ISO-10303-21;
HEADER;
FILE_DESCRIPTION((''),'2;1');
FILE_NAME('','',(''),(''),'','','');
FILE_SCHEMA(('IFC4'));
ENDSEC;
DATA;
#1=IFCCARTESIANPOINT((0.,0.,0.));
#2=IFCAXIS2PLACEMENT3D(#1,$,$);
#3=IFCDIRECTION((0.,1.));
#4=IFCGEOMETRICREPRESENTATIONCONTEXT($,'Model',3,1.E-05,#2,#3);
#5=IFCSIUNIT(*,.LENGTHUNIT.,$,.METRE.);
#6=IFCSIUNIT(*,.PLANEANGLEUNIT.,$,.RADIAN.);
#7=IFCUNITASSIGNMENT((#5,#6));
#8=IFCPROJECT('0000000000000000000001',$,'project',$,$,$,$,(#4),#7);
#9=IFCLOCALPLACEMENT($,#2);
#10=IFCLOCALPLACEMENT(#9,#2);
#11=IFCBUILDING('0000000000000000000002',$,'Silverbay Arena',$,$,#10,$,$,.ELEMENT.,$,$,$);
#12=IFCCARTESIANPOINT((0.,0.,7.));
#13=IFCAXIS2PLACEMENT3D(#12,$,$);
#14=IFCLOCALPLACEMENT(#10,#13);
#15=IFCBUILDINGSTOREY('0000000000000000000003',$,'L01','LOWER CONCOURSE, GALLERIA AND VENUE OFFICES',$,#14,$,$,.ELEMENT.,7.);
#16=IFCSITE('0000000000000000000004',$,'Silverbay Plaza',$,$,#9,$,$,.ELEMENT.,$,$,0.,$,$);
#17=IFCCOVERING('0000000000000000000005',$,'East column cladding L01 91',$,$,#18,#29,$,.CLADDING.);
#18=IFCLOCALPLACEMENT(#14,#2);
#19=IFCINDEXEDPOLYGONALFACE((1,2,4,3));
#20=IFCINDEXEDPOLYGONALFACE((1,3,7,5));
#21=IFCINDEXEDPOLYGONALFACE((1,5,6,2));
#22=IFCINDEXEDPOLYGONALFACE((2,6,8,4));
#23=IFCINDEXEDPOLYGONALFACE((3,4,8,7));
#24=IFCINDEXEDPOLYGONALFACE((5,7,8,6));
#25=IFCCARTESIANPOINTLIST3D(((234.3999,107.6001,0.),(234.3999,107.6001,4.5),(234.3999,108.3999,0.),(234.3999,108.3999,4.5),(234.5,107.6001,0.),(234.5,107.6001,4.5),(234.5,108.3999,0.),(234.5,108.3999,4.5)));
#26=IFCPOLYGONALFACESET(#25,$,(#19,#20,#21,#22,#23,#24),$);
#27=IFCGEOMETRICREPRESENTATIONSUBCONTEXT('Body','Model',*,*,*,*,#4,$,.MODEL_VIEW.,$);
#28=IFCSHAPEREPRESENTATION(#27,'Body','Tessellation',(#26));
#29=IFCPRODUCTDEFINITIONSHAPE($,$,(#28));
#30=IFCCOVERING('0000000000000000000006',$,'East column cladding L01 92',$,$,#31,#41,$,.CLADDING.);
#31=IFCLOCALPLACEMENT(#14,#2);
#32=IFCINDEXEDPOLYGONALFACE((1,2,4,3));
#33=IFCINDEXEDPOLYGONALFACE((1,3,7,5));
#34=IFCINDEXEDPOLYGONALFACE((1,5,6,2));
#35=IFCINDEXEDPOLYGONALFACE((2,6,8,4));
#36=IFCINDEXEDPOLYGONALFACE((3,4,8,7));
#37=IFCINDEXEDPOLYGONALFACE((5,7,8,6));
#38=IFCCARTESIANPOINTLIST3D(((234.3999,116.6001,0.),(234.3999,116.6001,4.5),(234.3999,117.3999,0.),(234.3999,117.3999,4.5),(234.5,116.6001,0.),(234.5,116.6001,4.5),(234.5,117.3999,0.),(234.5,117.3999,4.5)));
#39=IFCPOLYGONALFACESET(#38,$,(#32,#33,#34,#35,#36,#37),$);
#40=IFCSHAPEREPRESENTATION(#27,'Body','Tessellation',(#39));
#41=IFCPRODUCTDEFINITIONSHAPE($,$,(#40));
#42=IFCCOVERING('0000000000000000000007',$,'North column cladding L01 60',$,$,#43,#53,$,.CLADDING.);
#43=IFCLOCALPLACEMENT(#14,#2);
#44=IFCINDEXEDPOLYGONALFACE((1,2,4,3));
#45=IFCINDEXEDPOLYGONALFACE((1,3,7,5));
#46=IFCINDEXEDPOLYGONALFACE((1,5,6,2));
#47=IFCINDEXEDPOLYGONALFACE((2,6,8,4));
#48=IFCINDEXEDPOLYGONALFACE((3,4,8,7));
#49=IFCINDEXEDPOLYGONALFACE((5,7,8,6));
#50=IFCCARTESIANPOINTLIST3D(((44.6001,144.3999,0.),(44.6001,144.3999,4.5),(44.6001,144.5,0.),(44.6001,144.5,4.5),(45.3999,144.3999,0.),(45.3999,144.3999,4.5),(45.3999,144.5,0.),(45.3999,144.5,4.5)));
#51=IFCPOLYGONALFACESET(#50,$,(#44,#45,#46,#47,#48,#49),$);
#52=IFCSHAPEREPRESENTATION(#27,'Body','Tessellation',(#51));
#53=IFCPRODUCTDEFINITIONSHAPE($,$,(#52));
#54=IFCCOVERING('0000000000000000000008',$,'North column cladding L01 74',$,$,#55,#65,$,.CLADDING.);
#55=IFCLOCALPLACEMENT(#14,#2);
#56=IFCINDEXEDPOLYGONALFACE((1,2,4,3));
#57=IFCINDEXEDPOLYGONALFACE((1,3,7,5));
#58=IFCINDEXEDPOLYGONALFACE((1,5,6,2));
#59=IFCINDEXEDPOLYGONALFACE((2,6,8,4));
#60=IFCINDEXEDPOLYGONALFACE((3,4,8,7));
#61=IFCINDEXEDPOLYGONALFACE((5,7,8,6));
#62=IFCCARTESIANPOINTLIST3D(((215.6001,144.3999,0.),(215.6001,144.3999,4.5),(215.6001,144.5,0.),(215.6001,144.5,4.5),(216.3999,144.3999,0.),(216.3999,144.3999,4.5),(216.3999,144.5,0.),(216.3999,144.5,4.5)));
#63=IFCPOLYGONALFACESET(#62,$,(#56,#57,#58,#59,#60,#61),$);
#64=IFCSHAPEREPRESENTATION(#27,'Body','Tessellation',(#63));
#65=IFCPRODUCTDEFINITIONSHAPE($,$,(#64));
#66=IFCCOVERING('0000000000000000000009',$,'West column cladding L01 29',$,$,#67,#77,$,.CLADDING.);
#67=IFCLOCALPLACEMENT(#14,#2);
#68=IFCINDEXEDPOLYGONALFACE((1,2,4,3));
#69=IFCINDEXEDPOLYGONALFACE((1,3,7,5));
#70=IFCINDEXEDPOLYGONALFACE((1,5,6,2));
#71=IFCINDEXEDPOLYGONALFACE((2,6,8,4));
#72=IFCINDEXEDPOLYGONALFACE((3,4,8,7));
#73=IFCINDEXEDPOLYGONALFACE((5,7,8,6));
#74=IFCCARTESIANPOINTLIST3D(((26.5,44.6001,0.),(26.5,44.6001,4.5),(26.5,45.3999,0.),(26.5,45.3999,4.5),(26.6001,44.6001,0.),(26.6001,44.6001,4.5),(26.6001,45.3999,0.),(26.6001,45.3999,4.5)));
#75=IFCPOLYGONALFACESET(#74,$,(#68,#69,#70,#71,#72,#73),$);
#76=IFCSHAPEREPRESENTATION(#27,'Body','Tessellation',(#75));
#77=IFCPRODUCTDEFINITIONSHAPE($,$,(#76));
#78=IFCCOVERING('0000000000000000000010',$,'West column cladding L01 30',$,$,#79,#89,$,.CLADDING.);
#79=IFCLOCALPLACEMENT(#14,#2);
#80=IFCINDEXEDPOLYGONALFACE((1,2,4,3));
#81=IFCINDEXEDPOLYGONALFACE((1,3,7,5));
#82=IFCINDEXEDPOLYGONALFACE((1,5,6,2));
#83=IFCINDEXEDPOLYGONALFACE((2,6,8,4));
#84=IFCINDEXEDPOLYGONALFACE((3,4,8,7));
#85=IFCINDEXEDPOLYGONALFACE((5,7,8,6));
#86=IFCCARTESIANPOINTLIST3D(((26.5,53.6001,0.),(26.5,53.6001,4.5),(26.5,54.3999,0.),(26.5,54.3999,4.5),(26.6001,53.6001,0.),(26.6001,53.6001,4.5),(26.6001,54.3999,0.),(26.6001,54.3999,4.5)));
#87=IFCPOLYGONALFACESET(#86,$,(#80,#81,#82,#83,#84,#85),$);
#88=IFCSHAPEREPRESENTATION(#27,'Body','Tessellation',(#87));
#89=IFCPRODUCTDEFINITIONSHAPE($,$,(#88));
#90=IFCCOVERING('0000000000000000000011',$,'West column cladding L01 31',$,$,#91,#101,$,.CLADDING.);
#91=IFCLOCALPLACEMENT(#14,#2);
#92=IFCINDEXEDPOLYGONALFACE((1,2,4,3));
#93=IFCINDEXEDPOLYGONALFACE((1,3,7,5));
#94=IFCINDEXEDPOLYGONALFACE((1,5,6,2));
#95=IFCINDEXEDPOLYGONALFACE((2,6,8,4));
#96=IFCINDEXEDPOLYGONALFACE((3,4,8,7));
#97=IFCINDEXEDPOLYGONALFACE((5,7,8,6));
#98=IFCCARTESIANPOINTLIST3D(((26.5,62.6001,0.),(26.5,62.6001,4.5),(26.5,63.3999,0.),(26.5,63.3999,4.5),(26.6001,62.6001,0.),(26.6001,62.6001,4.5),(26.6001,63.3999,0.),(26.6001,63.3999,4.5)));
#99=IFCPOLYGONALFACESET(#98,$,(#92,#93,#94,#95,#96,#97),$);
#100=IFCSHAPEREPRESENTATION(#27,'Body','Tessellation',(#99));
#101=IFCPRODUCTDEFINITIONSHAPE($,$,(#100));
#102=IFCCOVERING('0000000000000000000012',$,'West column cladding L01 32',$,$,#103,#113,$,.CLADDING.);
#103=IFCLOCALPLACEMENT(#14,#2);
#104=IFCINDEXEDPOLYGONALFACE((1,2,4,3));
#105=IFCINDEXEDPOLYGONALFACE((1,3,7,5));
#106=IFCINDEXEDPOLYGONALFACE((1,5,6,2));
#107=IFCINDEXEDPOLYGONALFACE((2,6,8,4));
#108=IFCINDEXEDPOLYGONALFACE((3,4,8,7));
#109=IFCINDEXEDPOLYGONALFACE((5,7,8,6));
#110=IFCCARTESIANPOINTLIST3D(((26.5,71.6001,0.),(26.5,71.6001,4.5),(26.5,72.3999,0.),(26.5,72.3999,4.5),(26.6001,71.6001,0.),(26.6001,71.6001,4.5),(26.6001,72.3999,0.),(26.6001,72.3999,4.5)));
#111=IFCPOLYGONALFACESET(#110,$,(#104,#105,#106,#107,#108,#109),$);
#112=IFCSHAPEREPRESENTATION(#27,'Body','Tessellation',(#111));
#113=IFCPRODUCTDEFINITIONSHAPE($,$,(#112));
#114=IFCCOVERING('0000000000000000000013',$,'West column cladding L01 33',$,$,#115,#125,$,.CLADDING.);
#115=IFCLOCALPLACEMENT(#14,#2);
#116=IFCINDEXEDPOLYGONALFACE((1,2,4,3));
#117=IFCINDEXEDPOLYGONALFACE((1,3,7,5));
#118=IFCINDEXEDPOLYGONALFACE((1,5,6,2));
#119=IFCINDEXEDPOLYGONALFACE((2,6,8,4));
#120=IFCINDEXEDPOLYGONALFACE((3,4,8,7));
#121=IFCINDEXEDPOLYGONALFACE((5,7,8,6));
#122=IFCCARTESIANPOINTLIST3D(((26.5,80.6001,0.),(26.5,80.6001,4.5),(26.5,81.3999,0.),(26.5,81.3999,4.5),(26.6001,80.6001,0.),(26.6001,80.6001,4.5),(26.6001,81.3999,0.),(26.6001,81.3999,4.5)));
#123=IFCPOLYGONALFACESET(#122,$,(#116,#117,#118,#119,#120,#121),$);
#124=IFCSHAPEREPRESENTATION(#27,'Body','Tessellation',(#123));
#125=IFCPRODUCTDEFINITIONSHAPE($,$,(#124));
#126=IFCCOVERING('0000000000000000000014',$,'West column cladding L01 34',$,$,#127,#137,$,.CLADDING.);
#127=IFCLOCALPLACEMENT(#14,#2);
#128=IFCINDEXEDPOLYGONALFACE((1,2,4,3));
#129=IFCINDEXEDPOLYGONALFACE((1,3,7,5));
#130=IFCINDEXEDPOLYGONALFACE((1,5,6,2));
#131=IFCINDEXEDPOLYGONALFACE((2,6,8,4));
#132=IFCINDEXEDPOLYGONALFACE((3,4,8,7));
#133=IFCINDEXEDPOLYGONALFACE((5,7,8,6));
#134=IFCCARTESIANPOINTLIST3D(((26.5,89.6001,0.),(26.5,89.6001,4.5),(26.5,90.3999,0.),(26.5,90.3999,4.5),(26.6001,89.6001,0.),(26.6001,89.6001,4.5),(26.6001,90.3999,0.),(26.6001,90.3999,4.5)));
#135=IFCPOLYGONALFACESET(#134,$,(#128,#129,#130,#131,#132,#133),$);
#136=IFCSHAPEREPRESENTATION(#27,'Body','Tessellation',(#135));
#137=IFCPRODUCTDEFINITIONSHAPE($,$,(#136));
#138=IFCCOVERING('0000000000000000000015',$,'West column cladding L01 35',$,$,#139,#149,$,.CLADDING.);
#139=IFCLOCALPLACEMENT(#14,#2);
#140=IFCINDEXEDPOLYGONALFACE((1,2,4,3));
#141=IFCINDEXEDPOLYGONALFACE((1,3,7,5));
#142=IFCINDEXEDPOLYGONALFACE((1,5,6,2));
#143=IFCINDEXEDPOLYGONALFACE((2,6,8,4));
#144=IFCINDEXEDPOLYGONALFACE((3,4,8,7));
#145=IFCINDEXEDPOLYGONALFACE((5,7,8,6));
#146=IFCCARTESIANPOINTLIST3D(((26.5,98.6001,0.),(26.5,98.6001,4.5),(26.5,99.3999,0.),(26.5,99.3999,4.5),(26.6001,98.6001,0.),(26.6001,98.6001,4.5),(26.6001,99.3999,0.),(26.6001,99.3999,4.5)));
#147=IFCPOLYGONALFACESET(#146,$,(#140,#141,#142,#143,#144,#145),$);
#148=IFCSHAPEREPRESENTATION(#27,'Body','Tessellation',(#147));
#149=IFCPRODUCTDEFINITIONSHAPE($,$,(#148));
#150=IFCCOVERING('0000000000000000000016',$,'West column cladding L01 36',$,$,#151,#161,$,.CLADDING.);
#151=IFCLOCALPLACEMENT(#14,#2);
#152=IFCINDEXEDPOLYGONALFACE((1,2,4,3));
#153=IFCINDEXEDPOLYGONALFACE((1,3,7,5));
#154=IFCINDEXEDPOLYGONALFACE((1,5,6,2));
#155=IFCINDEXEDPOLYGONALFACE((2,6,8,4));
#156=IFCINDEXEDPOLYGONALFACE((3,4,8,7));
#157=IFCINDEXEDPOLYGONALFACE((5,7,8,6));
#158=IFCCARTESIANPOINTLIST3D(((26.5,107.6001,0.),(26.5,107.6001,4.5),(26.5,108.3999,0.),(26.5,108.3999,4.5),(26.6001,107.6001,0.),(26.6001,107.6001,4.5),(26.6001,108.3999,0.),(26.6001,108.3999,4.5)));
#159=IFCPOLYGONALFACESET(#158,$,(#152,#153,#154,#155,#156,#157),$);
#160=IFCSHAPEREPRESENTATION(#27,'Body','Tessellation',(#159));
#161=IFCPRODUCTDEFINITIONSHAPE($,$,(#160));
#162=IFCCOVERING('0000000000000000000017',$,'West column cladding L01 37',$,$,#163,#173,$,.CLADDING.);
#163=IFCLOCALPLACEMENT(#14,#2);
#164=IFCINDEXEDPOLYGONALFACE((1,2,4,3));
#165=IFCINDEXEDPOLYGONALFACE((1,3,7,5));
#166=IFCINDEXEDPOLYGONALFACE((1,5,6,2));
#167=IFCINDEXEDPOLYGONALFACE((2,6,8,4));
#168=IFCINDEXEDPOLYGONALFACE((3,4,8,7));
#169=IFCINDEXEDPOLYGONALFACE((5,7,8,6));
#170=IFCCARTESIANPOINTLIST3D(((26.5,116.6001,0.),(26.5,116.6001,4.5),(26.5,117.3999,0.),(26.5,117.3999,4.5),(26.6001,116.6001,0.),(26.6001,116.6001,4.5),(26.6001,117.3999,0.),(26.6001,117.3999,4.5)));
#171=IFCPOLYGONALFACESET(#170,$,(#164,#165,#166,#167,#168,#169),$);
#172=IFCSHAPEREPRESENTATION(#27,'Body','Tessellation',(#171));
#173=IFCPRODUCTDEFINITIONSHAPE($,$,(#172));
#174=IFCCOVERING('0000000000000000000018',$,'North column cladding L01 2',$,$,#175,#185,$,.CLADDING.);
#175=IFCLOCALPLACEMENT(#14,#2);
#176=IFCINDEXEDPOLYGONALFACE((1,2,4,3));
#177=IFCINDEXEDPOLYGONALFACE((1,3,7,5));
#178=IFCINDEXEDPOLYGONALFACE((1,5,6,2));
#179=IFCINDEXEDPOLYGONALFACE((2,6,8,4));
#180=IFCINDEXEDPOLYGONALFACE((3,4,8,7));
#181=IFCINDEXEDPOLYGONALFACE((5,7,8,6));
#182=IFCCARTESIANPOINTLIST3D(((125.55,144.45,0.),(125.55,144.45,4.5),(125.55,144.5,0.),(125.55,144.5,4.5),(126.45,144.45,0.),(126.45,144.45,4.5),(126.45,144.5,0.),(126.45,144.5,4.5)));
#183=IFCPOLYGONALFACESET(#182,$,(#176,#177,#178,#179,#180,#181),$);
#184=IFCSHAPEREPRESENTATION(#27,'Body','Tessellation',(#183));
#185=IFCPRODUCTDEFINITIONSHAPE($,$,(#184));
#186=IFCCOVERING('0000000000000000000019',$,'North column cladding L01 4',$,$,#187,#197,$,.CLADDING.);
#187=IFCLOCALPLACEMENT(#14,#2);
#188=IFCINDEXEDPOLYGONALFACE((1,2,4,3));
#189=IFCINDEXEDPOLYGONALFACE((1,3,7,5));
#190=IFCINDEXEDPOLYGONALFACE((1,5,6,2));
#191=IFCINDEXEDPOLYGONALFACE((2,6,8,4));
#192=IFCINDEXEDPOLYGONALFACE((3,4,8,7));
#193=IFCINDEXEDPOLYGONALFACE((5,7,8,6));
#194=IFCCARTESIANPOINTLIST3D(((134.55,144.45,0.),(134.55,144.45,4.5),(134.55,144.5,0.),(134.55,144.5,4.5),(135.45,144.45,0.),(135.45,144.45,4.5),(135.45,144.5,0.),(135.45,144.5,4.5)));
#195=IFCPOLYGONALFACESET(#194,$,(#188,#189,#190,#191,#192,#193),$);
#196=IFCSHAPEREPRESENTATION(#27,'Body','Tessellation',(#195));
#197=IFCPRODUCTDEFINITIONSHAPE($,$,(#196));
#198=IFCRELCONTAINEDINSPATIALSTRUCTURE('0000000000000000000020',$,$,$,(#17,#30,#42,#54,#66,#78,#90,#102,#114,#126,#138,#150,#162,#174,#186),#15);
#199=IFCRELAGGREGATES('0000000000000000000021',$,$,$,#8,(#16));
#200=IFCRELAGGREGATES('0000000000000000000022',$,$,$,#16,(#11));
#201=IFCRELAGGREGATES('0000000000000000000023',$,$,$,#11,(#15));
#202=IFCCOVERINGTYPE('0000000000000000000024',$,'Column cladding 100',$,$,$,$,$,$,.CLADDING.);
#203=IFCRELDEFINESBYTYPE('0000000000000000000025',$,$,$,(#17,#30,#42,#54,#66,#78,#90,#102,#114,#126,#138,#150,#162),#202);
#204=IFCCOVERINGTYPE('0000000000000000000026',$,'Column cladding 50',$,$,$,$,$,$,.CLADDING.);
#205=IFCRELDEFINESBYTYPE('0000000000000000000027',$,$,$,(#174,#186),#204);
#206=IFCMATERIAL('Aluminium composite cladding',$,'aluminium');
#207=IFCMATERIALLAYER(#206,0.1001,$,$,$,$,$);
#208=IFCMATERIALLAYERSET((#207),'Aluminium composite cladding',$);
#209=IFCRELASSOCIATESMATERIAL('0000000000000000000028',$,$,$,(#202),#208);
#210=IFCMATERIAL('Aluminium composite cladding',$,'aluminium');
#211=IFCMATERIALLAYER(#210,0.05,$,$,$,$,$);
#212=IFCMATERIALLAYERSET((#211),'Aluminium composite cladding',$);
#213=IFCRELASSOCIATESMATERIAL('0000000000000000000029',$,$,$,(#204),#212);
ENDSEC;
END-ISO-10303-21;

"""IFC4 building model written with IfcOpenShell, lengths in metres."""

from ifc_helpers import new_model, si_unit, direction, frame, origin, place, context, subcontext, project, spatial, polyline, outline, extrude, material, layer, layer_set, type_object, element, save


model = new_model("IFC4")

# Units and contexts
model_context = context("Model", 3, precision=1e-05, world=origin(), true_north=direction((0.0, 1.0)))
body_context = subcontext(model_context, "Body", "Model", "MODEL_VIEW")
ifc_project = project(units=[si_unit("LENGTHUNIT", "METRE"), si_unit("PLANEANGLEUNIT", "RADIAN")], contexts=[model_context])

# Site, building, storey
site_placement = place(None, origin())
site = spatial("IfcSite", under=ifc_project, at=site_placement, Name="Silverbay Plaza", CompositionType="ELEMENT", RefElevation=0.0)
building_placement = place(site_placement, origin())
building = spatial("IfcBuilding", under=site, at=building_placement, Name="Silverbay Arena", CompositionType="ELEMENT")
storey_placement = place(building_placement, frame((0.0, 0.0, 7.0)))
storey = spatial("IfcBuildingStorey", under=building, at=storey_placement, Name="L01", Description="LOWER CONCOURSE, GALLERIA AND VENUE OFFICES", CompositionType="ELEMENT", Elevation=7.0)

# Coverings
ifc_material_1 = material(Name="Aluminium composite cladding", Category="aluminium")
ifc_layer_1 = layer(ifc_material_1, 0.1001)
ifc_layer_set_1 = layer_set([ifc_layer_1], Name="Aluminium composite cladding")
covering_type_1 = type_object("IfcCoveringType", Name="Column cladding 100", PredefinedType="CLADDING", material=ifc_layer_set_1)
covering_1_placement = place(storey_placement, origin())
element("IfcCovering", 1, at=covering_1_placement, inside=storey, type_object=covering_type_1, Name="East column cladding L01 91", PredefinedType="CLADDING", context=body_context, shape_type="SweptSolid", body=[
    extrude(outline(polyline([(234.3999, 107.6001), (234.5, 107.6001), (234.5, 108.3999), (234.3999, 108.3999), (234.3999, 107.6001)])), origin(), (0.0, 0.0, 1.0), 4.5),
])
covering_2_placement = place(storey_placement, origin())
element("IfcCovering", 2, at=covering_2_placement, inside=storey, type_object=covering_type_1, Name="East column cladding L01 92", PredefinedType="CLADDING", context=body_context, shape_type="SweptSolid", body=[
    extrude(outline(polyline([(234.3999, 116.6001), (234.5, 116.6001), (234.5, 117.3999), (234.3999, 117.3999), (234.3999, 116.6001)])), origin(), (0.0, 0.0, 1.0), 4.5),
])
covering_3_placement = place(storey_placement, origin())
element("IfcCovering", 3, at=covering_3_placement, inside=storey, type_object=covering_type_1, Name="North column cladding L01 60", PredefinedType="CLADDING", context=body_context, shape_type="SweptSolid", body=[
    extrude(outline(polyline([(44.6001, 144.3999), (45.3999, 144.3999), (45.3999, 144.5), (44.6001, 144.5), (44.6001, 144.3999)])), origin(), (0.0, 0.0, 1.0), 4.5),
])
covering_4_placement = place(storey_placement, origin())
element("IfcCovering", 4, at=covering_4_placement, inside=storey, type_object=covering_type_1, Name="North column cladding L01 74", PredefinedType="CLADDING", context=body_context, shape_type="SweptSolid", body=[
    extrude(outline(polyline([(215.6001, 144.3999), (216.3999, 144.3999), (216.3999, 144.5), (215.6001, 144.5), (215.6001, 144.3999)])), origin(), (0.0, 0.0, 1.0), 4.5),
])
covering_5_placement = place(storey_placement, origin())
element("IfcCovering", 5, at=covering_5_placement, inside=storey, type_object=covering_type_1, Name="West column cladding L01 29", PredefinedType="CLADDING", context=body_context, shape_type="SweptSolid", body=[
    extrude(outline(polyline([(26.5, 44.6001), (26.6001, 44.6001), (26.6001, 45.3999), (26.5, 45.3999), (26.5, 44.6001)])), origin(), (0.0, 0.0, 1.0), 4.5),
])
covering_6_placement = place(storey_placement, origin())
element("IfcCovering", 6, at=covering_6_placement, inside=storey, type_object=covering_type_1, Name="West column cladding L01 30", PredefinedType="CLADDING", context=body_context, shape_type="SweptSolid", body=[
    extrude(outline(polyline([(26.5, 53.6001), (26.6001, 53.6001), (26.6001, 54.3999), (26.5, 54.3999), (26.5, 53.6001)])), origin(), (0.0, 0.0, 1.0), 4.5),
])
covering_7_placement = place(storey_placement, origin())
element("IfcCovering", 7, at=covering_7_placement, inside=storey, type_object=covering_type_1, Name="West column cladding L01 31", PredefinedType="CLADDING", context=body_context, shape_type="SweptSolid", body=[
    extrude(outline(polyline([(26.5, 62.6001), (26.6001, 62.6001), (26.6001, 63.3999), (26.5, 63.3999), (26.5, 62.6001)])), origin(), (0.0, 0.0, 1.0), 4.5),
])
covering_8_placement = place(storey_placement, origin())
element("IfcCovering", 8, at=covering_8_placement, inside=storey, type_object=covering_type_1, Name="West column cladding L01 32", PredefinedType="CLADDING", context=body_context, shape_type="SweptSolid", body=[
    extrude(outline(polyline([(26.5, 71.6001), (26.6001, 71.6001), (26.6001, 72.3999), (26.5, 72.3999), (26.5, 71.6001)])), origin(), (0.0, 0.0, 1.0), 4.5),
])
covering_9_placement = place(storey_placement, origin())
element("IfcCovering", 9, at=covering_9_placement, inside=storey, type_object=covering_type_1, Name="West column cladding L01 33", PredefinedType="CLADDING", context=body_context, shape_type="SweptSolid", body=[
    extrude(outline(polyline([(26.5, 80.6001), (26.6001, 80.6001), (26.6001, 81.3999), (26.5, 81.3999), (26.5, 80.6001)])), origin(), (0.0, 0.0, 1.0), 4.5),
])
covering_10_placement = place(storey_placement, origin())
element("IfcCovering", 10, at=covering_10_placement, inside=storey, type_object=covering_type_1, Name="West column cladding L01 34", PredefinedType="CLADDING", context=body_context, shape_type="SweptSolid", body=[
    extrude(outline(polyline([(26.5, 89.6001), (26.6001, 89.6001), (26.6001, 90.3999), (26.5, 90.3999), (26.5, 89.6001)])), origin(), (0.0, 0.0, 1.0), 4.5),
])
covering_11_placement = place(storey_placement, origin())
element("IfcCovering", 11, at=covering_11_placement, inside=storey, type_object=covering_type_1, Name="West column cladding L01 35", PredefinedType="CLADDING", context=body_context, shape_type="SweptSolid", body=[
    extrude(outline(polyline([(26.5, 98.6001), (26.6001, 98.6001), (26.6001, 99.3999), (26.5, 99.3999), (26.5, 98.6001)])), origin(), (0.0, 0.0, 1.0), 4.5),
])
covering_12_placement = place(storey_placement, origin())
element("IfcCovering", 12, at=covering_12_placement, inside=storey, type_object=covering_type_1, Name="West column cladding L01 36", PredefinedType="CLADDING", context=body_context, shape_type="SweptSolid", body=[
    extrude(outline(polyline([(26.5, 107.6001), (26.6001, 107.6001), (26.6001, 108.3999), (26.5, 108.3999), (26.5, 107.6001)])), origin(), (0.0, 0.0, 1.0), 4.5),
])
covering_13_placement = place(storey_placement, origin())
element("IfcCovering", 13, at=covering_13_placement, inside=storey, type_object=covering_type_1, Name="West column cladding L01 37", PredefinedType="CLADDING", context=body_context, shape_type="SweptSolid", body=[
    extrude(outline(polyline([(26.5, 116.6001), (26.6001, 116.6001), (26.6001, 117.3999), (26.5, 117.3999), (26.5, 116.6001)])), origin(), (0.0, 0.0, 1.0), 4.5),
])
ifc_material_2 = material(Name="Aluminium composite cladding", Category="aluminium")
ifc_layer_2 = layer(ifc_material_2, 0.05)
ifc_layer_set_2 = layer_set([ifc_layer_2], Name="Aluminium composite cladding")
covering_type_2 = type_object("IfcCoveringType", Name="Column cladding 50", PredefinedType="CLADDING", material=ifc_layer_set_2)
covering_14_placement = place(storey_placement, origin())
element("IfcCovering", 14, at=covering_14_placement, inside=storey, type_object=covering_type_2, Name="North column cladding L01 2", PredefinedType="CLADDING", context=body_context, shape_type="SweptSolid", body=[
    extrude(outline(polyline([(125.55, 144.45), (126.45, 144.45), (126.45, 144.5), (125.55, 144.5), (125.55, 144.45)])), origin(), (0.0, 0.0, 1.0), 4.5),
])
covering_15_placement = place(storey_placement, origin())
element("IfcCovering", 15, at=covering_15_placement, inside=storey, type_object=covering_type_2, Name="North column cladding L01 4", PredefinedType="CLADDING", context=body_context, shape_type="SweptSolid", body=[
    extrude(outline(polyline([(134.55, 144.45), (135.45, 144.45), (135.45, 144.5), (134.55, 144.5), (134.55, 144.45)])), origin(), (0.0, 0.0, 1.0), 4.5),
])

save(model, "model.ifc")
